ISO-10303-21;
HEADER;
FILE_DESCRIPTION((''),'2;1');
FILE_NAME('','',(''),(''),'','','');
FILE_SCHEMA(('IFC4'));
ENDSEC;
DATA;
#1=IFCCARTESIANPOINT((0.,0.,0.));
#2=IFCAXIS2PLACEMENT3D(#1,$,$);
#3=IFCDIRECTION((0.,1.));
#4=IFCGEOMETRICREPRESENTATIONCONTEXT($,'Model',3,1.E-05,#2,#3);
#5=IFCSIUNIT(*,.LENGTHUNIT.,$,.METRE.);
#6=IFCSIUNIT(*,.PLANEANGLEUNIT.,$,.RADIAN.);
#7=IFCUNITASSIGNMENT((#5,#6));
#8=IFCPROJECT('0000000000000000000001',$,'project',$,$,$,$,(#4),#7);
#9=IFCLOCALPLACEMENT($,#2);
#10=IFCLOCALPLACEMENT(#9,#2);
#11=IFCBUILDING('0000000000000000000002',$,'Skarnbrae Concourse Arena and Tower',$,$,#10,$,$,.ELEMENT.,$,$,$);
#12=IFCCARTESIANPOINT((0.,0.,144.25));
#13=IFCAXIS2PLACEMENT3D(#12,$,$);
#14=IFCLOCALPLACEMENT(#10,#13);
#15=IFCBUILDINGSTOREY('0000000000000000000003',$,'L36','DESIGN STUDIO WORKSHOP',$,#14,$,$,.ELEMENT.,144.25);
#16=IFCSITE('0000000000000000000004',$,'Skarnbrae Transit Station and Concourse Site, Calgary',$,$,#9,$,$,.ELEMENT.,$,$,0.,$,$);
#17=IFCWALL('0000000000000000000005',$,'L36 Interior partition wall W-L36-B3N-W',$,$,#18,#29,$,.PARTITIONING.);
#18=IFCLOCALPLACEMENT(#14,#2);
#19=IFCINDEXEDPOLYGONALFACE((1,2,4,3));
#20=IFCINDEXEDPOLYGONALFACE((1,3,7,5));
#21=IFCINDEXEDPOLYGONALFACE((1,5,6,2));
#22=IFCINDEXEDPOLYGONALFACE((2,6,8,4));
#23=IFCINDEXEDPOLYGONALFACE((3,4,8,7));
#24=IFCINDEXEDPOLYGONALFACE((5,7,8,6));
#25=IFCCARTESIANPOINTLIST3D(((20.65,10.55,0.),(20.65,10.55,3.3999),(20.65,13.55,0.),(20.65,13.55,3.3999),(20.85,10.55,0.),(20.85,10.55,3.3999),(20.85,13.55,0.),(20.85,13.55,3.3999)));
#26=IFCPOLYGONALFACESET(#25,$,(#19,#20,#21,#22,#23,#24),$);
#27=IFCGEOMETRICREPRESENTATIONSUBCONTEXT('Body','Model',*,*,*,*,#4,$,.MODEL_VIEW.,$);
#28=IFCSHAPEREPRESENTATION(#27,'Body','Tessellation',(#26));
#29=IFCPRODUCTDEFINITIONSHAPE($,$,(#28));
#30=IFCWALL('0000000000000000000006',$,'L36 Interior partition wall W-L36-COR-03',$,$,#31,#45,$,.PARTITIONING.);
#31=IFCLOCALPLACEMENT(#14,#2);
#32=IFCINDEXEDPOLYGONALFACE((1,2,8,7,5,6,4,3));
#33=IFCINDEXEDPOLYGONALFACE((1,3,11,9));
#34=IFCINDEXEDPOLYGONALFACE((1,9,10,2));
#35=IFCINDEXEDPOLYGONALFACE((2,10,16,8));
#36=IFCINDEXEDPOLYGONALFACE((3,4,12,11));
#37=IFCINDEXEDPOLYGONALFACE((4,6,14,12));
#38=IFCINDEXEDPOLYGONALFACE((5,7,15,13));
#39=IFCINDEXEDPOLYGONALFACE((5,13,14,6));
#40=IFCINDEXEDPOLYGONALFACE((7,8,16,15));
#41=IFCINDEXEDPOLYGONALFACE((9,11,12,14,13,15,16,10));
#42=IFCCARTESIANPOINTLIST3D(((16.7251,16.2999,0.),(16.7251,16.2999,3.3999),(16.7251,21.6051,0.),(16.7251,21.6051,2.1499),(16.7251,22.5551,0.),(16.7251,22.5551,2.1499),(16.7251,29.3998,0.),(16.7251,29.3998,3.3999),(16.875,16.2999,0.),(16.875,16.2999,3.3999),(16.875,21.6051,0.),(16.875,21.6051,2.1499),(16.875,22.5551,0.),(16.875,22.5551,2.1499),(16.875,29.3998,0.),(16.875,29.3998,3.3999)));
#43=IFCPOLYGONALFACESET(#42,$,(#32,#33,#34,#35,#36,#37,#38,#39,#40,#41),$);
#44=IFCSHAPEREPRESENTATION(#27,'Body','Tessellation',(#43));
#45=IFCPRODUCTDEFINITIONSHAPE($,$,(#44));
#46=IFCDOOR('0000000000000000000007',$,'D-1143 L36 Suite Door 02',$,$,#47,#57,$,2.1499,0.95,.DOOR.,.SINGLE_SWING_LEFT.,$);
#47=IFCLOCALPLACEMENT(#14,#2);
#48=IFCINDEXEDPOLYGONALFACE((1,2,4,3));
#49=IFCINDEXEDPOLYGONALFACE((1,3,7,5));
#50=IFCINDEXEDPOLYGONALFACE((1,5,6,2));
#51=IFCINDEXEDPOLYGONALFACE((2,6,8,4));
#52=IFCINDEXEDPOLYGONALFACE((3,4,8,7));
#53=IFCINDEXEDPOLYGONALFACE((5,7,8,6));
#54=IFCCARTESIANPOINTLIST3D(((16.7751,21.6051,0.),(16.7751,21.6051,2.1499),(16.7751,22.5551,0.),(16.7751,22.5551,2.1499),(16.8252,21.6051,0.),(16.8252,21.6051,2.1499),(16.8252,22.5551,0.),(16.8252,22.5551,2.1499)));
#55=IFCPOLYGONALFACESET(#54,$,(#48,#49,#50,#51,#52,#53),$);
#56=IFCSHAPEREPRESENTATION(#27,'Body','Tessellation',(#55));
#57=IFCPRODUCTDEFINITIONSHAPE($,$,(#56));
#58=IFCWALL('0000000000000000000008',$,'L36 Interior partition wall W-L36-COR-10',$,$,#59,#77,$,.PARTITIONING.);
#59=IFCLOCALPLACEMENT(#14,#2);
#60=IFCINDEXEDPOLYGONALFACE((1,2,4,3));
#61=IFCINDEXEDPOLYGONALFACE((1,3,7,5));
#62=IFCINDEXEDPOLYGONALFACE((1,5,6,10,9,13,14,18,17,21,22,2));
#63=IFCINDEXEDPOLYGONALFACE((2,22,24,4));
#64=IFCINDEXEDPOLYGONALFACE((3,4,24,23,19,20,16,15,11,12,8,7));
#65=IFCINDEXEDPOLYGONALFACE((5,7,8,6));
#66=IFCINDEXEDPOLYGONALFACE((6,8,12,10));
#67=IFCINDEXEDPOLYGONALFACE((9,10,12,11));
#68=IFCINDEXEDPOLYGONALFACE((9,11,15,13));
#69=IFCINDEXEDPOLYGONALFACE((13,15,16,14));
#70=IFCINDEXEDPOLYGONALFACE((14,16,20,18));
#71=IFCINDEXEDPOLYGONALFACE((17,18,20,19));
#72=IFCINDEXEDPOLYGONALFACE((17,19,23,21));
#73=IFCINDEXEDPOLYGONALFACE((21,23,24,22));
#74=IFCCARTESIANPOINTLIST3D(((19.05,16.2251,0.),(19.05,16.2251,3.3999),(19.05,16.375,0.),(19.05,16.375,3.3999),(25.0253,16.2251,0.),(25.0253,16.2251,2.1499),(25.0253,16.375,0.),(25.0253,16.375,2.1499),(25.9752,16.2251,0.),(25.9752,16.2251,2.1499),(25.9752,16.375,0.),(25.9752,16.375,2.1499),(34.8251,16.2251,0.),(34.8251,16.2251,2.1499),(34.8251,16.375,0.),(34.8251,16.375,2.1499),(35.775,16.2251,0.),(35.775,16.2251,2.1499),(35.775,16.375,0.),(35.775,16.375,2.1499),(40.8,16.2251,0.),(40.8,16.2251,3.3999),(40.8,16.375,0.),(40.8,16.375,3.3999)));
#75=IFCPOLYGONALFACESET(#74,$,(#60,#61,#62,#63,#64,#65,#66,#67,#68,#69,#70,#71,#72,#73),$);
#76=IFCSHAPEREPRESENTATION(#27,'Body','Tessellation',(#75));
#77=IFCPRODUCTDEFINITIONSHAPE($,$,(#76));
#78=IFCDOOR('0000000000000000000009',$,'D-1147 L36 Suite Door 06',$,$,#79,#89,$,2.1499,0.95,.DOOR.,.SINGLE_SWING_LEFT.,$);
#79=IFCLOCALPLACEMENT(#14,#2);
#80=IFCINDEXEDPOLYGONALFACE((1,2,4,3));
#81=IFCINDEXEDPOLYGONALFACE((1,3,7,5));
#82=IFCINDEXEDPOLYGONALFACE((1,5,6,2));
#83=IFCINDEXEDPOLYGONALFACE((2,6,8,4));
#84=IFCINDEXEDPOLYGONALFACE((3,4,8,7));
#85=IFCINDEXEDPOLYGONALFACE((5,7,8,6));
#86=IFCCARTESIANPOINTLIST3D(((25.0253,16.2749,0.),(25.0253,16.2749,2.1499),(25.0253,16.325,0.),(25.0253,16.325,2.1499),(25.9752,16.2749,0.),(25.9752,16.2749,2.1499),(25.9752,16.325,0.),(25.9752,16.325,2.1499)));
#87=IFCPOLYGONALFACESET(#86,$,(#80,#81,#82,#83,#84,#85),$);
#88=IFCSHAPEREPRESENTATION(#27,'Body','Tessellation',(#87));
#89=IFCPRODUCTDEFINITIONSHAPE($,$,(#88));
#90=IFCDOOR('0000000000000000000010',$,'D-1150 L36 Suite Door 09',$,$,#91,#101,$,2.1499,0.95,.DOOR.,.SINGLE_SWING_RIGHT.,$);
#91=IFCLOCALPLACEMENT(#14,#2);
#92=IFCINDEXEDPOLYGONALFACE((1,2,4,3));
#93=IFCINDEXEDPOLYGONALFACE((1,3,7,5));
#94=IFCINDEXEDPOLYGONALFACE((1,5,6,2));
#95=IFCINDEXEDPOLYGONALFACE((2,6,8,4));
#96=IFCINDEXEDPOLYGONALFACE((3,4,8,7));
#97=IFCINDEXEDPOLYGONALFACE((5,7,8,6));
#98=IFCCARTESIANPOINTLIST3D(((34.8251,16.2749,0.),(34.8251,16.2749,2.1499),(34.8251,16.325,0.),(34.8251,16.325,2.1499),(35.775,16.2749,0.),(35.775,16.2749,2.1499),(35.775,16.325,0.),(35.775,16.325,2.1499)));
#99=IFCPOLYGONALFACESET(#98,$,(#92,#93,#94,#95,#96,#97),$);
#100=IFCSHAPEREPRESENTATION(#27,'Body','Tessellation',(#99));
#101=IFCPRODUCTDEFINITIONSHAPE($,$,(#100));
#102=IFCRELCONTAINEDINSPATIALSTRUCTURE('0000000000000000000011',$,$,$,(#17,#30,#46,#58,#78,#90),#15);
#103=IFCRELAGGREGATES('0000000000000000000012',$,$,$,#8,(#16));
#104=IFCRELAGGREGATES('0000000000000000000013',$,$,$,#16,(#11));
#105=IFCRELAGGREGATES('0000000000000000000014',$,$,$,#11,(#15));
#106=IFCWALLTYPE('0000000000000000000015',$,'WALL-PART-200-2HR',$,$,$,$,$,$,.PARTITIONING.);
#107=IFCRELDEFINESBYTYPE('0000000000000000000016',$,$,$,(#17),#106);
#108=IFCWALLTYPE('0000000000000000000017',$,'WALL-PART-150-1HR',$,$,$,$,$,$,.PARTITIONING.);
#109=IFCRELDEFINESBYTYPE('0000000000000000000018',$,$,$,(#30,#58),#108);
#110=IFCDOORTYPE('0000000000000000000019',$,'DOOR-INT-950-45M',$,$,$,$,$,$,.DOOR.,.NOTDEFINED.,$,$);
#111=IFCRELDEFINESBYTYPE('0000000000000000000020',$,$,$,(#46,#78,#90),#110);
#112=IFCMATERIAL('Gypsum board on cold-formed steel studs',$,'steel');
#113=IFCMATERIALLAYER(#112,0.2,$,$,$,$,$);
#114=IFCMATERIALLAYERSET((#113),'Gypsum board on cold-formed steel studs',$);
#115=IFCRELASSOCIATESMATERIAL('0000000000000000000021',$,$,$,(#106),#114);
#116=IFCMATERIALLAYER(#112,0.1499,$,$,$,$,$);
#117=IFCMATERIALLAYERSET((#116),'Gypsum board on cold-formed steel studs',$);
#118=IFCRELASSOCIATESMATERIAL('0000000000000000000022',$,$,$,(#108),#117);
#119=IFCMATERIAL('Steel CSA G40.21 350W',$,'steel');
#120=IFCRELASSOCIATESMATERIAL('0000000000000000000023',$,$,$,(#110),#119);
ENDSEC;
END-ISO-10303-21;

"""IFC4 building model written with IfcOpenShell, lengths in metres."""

from ifc_helpers import new_model, si_unit, direction, frame, frame_2d, origin, place, context, subcontext, project, spatial, rectangle, extrude, source, transform, mapped, material, layer, layer_set, type_object, element, fill, save


model = new_model("IFC4")

# Units and contexts
model_context = context("Model", 3, precision=1e-05, world=origin(), true_north=direction((0.0, 1.0)))
body_context = subcontext(model_context, "Body", "Model", "MODEL_VIEW")
ifc_project = project(units=[si_unit("LENGTHUNIT", "METRE"), si_unit("PLANEANGLEUNIT", "RADIAN")], contexts=[model_context])

# Site, building, storey
site_placement = place(None, origin())
site = spatial("IfcSite", under=ifc_project, at=site_placement, Name="Skarnbrae Transit Station and Concourse Site, Calgary", CompositionType="ELEMENT", RefElevation=0.0)
building_placement = place(site_placement, origin())
building = spatial("IfcBuilding", under=site, at=building_placement, Name="Skarnbrae Concourse Arena and Tower", CompositionType="ELEMENT")
storey_placement = place(building_placement, frame((0.0, 0.0, 144.25)))
storey = spatial("IfcBuildingStorey", under=building, at=storey_placement, Name="L36", Description="DESIGN STUDIO WORKSHOP", CompositionType="ELEMENT", Elevation=144.25)

# Shared definitions
ifc_material_1 = material(Name="Steel CSA G40.21 350W", Category="steel")

# Wall
ifc_material_2 = material(Name="Gypsum board on cold-formed steel studs", Category="steel")
ifc_layer_1 = layer(ifc_material_2, 0.2)
ifc_layer_set_1 = layer_set([ifc_layer_1], Name="Gypsum board on cold-formed steel studs")
wall_type_1 = type_object("IfcWallType", Name="WALL-PART-200-2HR", PredefinedType="PARTITIONING", material=ifc_layer_set_1)
shared_shape_1 = source(origin(), body_context, "Body", "SweptSolid", [
    extrude(rectangle(XDim=3.0, YDim=0.2, at=frame_2d((1.5, 0.0))), origin(), (0.0, 0.0, 1.0), 3.3999),
])
wall_1_placement = place(storey_placement, frame((20.75, 10.55, 0.0), z_axis=(0.0, 0.0, 1.0), x_axis=(0.0, 1.0, 0.0)))
element("IfcWall", 1, at=wall_1_placement, inside=storey, type_object=wall_type_1, Name="L36 Interior partition wall W-L36-B3N-W", PredefinedType="PARTITIONING", context=body_context, shape_type="MappedRepresentation", body=[
    mapped(shared_shape_1, transform((0.0, 0.0, 0.0))),
])

# Wall, opening, door
ifc_layer_2 = layer(ifc_material_2, 0.1499)
ifc_layer_set_2 = layer_set([ifc_layer_2], Name="Gypsum board on cold-formed steel studs")
wall_type_2 = type_object("IfcWallType", Name="WALL-PART-150-1HR", PredefinedType="PARTITIONING", material=ifc_layer_set_2)
shared_shape_2 = source(origin(), body_context, "Body", "SweptSolid", [
    extrude(rectangle(XDim=13.0999, YDim=0.1499, at=frame_2d((6.5498, 0.0))), origin(), (0.0, 0.0, 1.0), 3.3999),
])
wall_2_placement = place(storey_placement, frame((16.8, 16.3, 0.0), z_axis=(0.0, 0.0, 1.0), x_axis=(0.0, 1.0, 0.0)))
wall_2 = element("IfcWall", 2, at=wall_2_placement, inside=storey, type_object=wall_type_2, Name="L36 Interior partition wall W-L36-COR-03", PredefinedType="PARTITIONING", context=body_context, shape_type="MappedRepresentation", body=[
    mapped(shared_shape_2, transform((0.0, 0.0, 0.0))),
])
opening_1_placement = place(wall_2_placement, frame((5.3049, 0.0, 0.0)))
opening_1 = element("IfcOpeningElement", 3, at=opening_1_placement, cuts=wall_2, PredefinedType="OPENING", context=body_context, shape_type="SweptSolid", body=[
    extrude(rectangle(XDim=0.95, YDim=2.1499, at=frame_2d((0.4751, 1.075))), frame((0.0, 0.085, 0.0), z_axis=(0.0, -1.0, 0.0), x_axis=(1.0, 0.0, 0.0)), (0.0, 0.0, 1.0), 0.1699),
])
door_type_1 = type_object("IfcDoorType", Name="DOOR-INT-950-45M", OperationType="NOTDEFINED", PredefinedType="DOOR", material=ifc_material_1)
shared_shape_3 = source(origin(), body_context, "Body", "SweptSolid", [
    extrude(rectangle(XDim=0.95, YDim=2.1499, at=frame_2d((0.4751, 1.075))), frame((0.0, 0.0249, 0.0), z_axis=(0.0, -1.0, 0.0), x_axis=(1.0, 0.0, 0.0)), (0.0, 0.0, 1.0), 0.05),
])
door_1_placement = place(opening_1_placement, origin())
door_1 = element("IfcDoor", 4, at=door_1_placement, inside=storey, type_object=door_type_1, Name="D-1143 L36 Suite Door 02", OperationType="SINGLE_SWING_LEFT", OverallHeight=2.1499, OverallWidth=0.95, PredefinedType="DOOR", context=body_context, shape_type="MappedRepresentation", body=[
    mapped(shared_shape_3, transform((0.0, 0.0, 0.0))),
])
fill(opening_1, door_1)

# Wall, openings, doors
shared_shape_4 = source(origin(), body_context, "Body", "SweptSolid", [
    extrude(rectangle(XDim=21.75, YDim=0.1499, at=frame_2d((10.875, 0.0))), origin(), (0.0, 0.0, 1.0), 3.3999),
])
wall_3_placement = place(storey_placement, frame((19.05, 16.3, 0.0), z_axis=(0.0, 0.0, 1.0), x_axis=(1.0, 0.0, 0.0)))
wall_3 = element("IfcWall", 5, at=wall_3_placement, inside=storey, type_object=wall_type_2, Name="L36 Interior partition wall W-L36-COR-10", PredefinedType="PARTITIONING", context=body_context, shape_type="MappedRepresentation", body=[
    mapped(shared_shape_4, transform((0.0, 0.0, 0.0))),
])
opening_2_placement = place(wall_3_placement, frame((5.9751, 0.0, 0.0)))
opening_2 = element("IfcOpeningElement", 6, at=opening_2_placement, cuts=wall_3, PredefinedType="OPENING", context=body_context, shape_type="SweptSolid", body=[
    extrude(rectangle(XDim=0.95, YDim=2.1499, at=frame_2d((0.4751, 1.075))), frame((0.0, 0.085, 0.0), z_axis=(0.0, -1.0, 0.0), x_axis=(1.0, 0.0, 0.0)), (0.0, 0.0, 1.0), 0.1699),
])
opening_3_placement = place(wall_3_placement, frame((15.7749, 0.0, 0.0)))
opening_3 = element("IfcOpeningElement", 7, at=opening_3_placement, cuts=wall_3, PredefinedType="OPENING", context=body_context, shape_type="SweptSolid", body=[
    extrude(rectangle(XDim=0.95, YDim=2.1499, at=frame_2d((0.4751, 1.075))), frame((0.0, 0.085, 0.0), z_axis=(0.0, -1.0, 0.0), x_axis=(1.0, 0.0, 0.0)), (0.0, 0.0, 1.0), 0.1699),
])
door_2_placement = place(opening_2_placement, origin())
door_2 = element("IfcDoor", 8, at=door_2_placement, inside=storey, type_object=door_type_1, Name="D-1147 L36 Suite Door 06", OperationType="SINGLE_SWING_LEFT", OverallHeight=2.1499, OverallWidth=0.95, PredefinedType="DOOR", context=body_context, shape_type="MappedRepresentation", body=[
    mapped(shared_shape_3, transform((0.0, 0.0, 0.0))),
])
fill(opening_2, door_2)
door_3_placement = place(opening_3_placement, origin())
door_3 = element("IfcDoor", 9, at=door_3_placement, inside=storey, type_object=door_type_1, Name="D-1150 L36 Suite Door 09", OperationType="SINGLE_SWING_RIGHT", OverallHeight=2.1499, OverallWidth=0.95, PredefinedType="DOOR", context=body_context, shape_type="MappedRepresentation", body=[
    mapped(shared_shape_3, transform((0.0, 0.0, 0.0))),
])
fill(opening_3, door_3)

save(model, "model.ifc")
